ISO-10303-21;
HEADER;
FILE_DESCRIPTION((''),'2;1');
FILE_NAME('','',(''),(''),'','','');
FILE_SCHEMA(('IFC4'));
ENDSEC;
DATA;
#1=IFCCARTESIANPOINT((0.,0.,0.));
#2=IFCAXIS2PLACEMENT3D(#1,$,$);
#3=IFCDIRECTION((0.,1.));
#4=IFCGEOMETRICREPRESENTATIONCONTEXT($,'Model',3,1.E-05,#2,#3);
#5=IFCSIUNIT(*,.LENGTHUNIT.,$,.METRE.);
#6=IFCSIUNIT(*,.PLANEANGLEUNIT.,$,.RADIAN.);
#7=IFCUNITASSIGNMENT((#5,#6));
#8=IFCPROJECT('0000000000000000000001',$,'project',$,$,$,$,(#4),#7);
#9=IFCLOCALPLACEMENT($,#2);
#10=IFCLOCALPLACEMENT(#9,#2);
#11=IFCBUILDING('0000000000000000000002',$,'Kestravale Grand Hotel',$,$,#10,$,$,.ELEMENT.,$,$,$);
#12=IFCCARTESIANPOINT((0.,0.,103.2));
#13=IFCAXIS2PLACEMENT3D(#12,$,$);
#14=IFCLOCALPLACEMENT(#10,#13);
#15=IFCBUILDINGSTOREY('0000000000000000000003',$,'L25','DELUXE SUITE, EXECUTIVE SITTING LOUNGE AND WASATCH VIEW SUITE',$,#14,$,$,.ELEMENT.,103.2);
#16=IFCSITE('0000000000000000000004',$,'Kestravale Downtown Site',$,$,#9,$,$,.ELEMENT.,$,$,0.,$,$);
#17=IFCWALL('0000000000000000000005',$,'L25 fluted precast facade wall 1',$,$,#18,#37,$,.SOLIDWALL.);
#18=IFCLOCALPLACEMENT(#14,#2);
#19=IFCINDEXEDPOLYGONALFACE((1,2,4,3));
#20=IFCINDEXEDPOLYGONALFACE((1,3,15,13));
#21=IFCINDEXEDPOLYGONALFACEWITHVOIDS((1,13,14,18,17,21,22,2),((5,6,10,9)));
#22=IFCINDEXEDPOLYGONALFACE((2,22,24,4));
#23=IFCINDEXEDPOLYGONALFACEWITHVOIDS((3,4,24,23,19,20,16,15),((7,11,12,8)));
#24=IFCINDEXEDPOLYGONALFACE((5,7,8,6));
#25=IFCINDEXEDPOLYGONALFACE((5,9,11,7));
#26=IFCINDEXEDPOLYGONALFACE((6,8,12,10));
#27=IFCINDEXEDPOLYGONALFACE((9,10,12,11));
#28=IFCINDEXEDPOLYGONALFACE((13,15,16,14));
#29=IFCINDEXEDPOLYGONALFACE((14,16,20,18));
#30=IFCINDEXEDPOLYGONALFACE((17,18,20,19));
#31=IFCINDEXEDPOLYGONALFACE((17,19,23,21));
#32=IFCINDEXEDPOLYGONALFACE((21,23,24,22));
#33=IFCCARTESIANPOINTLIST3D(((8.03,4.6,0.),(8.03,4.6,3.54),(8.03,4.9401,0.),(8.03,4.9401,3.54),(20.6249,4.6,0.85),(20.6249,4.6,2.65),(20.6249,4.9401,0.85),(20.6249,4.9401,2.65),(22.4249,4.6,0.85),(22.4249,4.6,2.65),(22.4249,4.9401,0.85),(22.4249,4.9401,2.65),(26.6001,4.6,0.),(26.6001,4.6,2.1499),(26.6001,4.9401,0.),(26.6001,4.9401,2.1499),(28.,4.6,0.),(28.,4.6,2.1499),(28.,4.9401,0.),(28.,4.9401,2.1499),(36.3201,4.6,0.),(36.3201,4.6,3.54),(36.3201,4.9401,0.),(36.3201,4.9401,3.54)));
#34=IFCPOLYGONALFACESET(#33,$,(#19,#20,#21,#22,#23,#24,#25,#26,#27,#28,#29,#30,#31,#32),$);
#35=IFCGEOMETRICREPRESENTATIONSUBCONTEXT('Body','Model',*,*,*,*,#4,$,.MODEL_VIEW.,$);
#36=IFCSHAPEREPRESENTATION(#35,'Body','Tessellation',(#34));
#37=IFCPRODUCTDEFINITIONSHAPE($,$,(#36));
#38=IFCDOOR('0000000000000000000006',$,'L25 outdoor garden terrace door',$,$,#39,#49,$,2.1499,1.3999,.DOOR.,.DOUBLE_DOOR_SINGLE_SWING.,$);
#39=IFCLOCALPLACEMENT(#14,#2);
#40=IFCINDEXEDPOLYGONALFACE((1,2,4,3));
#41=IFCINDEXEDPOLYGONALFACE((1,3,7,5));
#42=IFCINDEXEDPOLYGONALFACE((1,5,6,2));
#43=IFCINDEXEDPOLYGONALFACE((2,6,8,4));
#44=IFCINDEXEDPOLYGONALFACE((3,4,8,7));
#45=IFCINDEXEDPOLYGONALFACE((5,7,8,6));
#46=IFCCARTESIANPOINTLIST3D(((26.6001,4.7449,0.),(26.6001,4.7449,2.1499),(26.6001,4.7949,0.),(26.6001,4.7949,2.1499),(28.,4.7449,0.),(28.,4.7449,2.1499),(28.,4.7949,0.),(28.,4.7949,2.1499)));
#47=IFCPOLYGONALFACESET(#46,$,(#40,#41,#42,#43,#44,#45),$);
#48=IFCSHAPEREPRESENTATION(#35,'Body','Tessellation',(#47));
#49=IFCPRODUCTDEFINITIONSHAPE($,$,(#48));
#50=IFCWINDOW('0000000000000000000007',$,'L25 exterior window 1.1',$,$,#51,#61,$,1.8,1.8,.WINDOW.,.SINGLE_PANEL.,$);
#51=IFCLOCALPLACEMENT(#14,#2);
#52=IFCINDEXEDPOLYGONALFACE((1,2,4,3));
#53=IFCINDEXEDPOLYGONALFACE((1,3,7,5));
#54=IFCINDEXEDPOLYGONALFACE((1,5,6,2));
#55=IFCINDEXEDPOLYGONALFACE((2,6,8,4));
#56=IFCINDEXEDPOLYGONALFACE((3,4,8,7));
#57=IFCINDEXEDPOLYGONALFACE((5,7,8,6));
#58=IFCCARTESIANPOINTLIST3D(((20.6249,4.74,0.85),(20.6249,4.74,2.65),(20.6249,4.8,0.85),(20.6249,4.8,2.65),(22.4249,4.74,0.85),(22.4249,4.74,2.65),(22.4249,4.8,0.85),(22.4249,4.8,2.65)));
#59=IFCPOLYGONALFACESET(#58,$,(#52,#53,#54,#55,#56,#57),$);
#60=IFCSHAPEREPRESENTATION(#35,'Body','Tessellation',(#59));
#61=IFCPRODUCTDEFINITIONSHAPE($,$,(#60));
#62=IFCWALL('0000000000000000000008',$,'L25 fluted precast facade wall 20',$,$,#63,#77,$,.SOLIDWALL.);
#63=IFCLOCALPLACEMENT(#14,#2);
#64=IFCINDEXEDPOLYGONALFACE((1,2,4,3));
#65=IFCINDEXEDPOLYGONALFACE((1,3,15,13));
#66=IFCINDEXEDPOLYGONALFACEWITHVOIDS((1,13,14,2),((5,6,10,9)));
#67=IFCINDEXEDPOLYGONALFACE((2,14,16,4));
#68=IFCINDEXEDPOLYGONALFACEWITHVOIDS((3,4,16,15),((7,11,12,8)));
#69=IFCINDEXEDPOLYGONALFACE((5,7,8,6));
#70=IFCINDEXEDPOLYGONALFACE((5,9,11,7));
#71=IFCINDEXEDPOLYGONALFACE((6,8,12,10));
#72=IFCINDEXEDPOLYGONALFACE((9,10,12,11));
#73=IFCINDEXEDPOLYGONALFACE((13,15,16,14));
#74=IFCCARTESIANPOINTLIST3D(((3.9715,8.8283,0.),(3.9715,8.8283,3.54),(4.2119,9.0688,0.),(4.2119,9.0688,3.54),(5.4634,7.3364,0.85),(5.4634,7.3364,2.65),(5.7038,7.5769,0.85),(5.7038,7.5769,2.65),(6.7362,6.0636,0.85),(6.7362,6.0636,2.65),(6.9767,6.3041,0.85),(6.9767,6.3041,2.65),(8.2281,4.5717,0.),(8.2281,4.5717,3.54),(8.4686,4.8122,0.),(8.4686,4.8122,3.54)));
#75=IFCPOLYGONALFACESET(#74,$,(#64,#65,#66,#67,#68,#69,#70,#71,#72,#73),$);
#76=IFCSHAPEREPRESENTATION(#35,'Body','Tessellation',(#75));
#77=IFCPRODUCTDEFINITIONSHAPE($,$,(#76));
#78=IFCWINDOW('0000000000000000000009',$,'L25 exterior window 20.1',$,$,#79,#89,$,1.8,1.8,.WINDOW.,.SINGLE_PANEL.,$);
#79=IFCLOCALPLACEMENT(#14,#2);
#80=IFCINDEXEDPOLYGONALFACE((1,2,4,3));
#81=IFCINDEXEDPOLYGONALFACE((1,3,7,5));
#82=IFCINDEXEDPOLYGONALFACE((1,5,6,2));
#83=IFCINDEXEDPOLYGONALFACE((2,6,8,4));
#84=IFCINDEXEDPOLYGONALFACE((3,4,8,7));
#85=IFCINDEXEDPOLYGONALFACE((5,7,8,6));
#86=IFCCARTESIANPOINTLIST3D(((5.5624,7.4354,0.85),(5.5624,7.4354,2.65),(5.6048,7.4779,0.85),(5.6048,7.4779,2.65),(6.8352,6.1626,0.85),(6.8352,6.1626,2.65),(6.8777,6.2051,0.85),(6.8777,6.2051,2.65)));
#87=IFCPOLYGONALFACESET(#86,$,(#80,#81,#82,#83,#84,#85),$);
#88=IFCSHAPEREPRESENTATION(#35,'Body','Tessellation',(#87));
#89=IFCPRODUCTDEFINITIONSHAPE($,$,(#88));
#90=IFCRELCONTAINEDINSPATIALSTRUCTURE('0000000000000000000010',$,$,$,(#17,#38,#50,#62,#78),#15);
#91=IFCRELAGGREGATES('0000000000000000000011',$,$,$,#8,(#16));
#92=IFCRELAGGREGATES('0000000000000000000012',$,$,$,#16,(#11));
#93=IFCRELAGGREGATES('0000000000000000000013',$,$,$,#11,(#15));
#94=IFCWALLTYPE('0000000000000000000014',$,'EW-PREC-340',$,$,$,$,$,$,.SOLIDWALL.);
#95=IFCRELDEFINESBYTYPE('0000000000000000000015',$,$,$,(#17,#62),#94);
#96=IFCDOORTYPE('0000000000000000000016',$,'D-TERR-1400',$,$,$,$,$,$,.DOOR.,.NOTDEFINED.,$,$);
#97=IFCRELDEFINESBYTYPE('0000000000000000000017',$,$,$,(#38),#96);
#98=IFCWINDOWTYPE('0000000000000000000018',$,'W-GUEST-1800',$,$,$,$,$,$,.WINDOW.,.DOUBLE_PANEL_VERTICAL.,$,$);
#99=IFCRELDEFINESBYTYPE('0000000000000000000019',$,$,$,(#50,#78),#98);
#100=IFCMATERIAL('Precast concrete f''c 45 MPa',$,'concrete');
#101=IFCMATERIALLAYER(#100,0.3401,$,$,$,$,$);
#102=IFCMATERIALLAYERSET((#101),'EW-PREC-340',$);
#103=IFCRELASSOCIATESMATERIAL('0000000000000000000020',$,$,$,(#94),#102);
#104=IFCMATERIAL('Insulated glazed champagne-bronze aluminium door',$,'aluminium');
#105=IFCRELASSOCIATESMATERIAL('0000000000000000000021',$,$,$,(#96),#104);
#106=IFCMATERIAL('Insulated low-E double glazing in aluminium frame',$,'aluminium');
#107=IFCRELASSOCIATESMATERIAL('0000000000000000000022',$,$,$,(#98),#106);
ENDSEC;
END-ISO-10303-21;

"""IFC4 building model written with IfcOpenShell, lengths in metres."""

from ifc_helpers import new_model, si_unit, direction, frame, frame_2d, origin, place, context, subcontext, project, spatial, rectangle, extrude, material, layer, layer_set, type_object, element, fill, save


model = new_model("IFC4")

# Units and contexts
model_context = context("Model", 3, precision=1e-05, world=origin(), true_north=direction((0.0, 1.0)))
body_context = subcontext(model_context, "Body", "Model", "MODEL_VIEW")
ifc_project = project(units=[si_unit("LENGTHUNIT", "METRE"), si_unit("PLANEANGLEUNIT", "RADIAN")], contexts=[model_context])

# Site, building, storey
site_placement = place(None, origin())
site = spatial("IfcSite", under=ifc_project, at=site_placement, Name="Kestravale Downtown Site", CompositionType="ELEMENT", RefElevation=0.0)
building_placement = place(site_placement, origin())
building = spatial("IfcBuilding", under=site, at=building_placement, Name="Kestravale Grand Hotel", CompositionType="ELEMENT")
storey_placement = place(building_placement, frame((0.0, 0.0, 103.2)))
storey = spatial("IfcBuildingStorey", under=building, at=storey_placement, Name="L25", Description="DELUXE SUITE, EXECUTIVE SITTING LOUNGE AND WASATCH VIEW SUITE", CompositionType="ELEMENT", Elevation=103.2)

# Wall, openings, door, window
ifc_material_1 = material(Name="Precast concrete f'c 45 MPa", Category="concrete")
ifc_layer_1 = layer(ifc_material_1, 0.3401)
ifc_layer_set_1 = layer_set([ifc_layer_1], Name="EW-PREC-340")
wall_type_1 = type_object("IfcWallType", Name="EW-PREC-340", PredefinedType="SOLIDWALL", material=ifc_layer_set_1)
wall_1_placement = place(storey_placement, frame((8.03, 4.77, 0.0), z_axis=(0.0, 0.0, 1.0), x_axis=(1.0, 0.0, 0.0)))
wall_1 = element("IfcWall", 1, at=wall_1_placement, inside=storey, type_object=wall_type_1, Name="L25 fluted precast facade wall 1", PredefinedType="SOLIDWALL", context=body_context, shape_type="SweptSolid", body=[
    extrude(rectangle(XDim=28.29, YDim=0.3401, at=frame_2d((14.145, 0.0))), origin(), (0.0, 0.0, 1.0), 3.54),
])
opening_1_placement = place(wall_1_placement, frame((18.5701, 0.0, 0.0)))
opening_1 = element("IfcOpeningElement", 2, at=opening_1_placement, cuts=wall_1, PredefinedType="OPENING", context=body_context, shape_type="SweptSolid", body=[
    extrude(rectangle(XDim=1.3999, YDim=2.1499, at=frame_2d((0.7, 1.075))), frame((0.0, 0.1799, 0.0), z_axis=(0.0, -1.0, 0.0), x_axis=(1.0, 0.0, 0.0)), (0.0, 0.0, 1.0), 0.3601),
])
opening_2_placement = place(wall_1_placement, frame((12.595, 0.0, 0.8501)))
opening_2 = element("IfcOpeningElement", 3, at=opening_2_placement, cuts=wall_1, PredefinedType="OPENING", context=body_context, shape_type="SweptSolid", body=[
    extrude(rectangle(XDim=1.8, YDim=1.8, at=frame_2d((0.8999, 0.8999))), frame((0.0, 0.1799, 0.0), z_axis=(0.0, -1.0, 0.0), x_axis=(1.0, 0.0, 0.0)), (0.0, 0.0, 1.0), 0.3601),
])
ifc_material_2 = material(Name="Insulated glazed champagne-bronze aluminium door", Category="aluminium")
door_type_1 = type_object("IfcDoorType", Name="D-TERR-1400", OperationType="NOTDEFINED", PredefinedType="DOOR", material=ifc_material_2)
door_1_placement = place(opening_1_placement, origin())
door_1 = element("IfcDoor", 4, at=door_1_placement, inside=storey, type_object=door_type_1, Name="L25 outdoor garden terrace door", OperationType="DOUBLE_DOOR_SINGLE_SWING", OverallHeight=2.1499, OverallWidth=1.3999, PredefinedType="DOOR", context=body_context, shape_type="SweptSolid", body=[
    extrude(rectangle(XDim=1.3999, YDim=2.1499, at=frame_2d((0.7, 1.075))), frame((0.0, 0.0249, 0.0), z_axis=(0.0, -1.0, 0.0), x_axis=(1.0, 0.0, 0.0)), (0.0, 0.0, 1.0), 0.05),
])
fill(opening_1, door_1)
ifc_material_3 = material(Name="Insulated low-E double glazing in aluminium frame", Category="aluminium")
window_type = type_object("IfcWindowType", Name="W-GUEST-1800", PartitioningType="DOUBLE_PANEL_VERTICAL", PredefinedType="WINDOW", material=ifc_material_3)
window_1_placement = place(opening_2_placement, origin())
window_1 = element("IfcWindow", 5, at=window_1_placement, inside=storey, type_object=window_type, Name="L25 exterior window 1.1", OverallHeight=1.8, OverallWidth=1.8, PartitioningType="SINGLE_PANEL", PredefinedType="WINDOW", context=body_context, shape_type="SweptSolid", body=[
    extrude(rectangle(XDim=1.8, YDim=1.8, at=frame_2d((0.8999, 0.8999))), frame((0.0, 0.03, 0.0), z_axis=(0.0, -1.0, 0.0), x_axis=(1.0, 0.0, 0.0)), (0.0, 0.0, 1.0), 0.0601),
])
fill(opening_2, window_1)

# Wall, opening, window
wall_2_placement = place(storey_placement, frame((4.0918, 8.9485, 0.0), z_axis=(0.0, 0.0, 1.0), x_axis=(0.707107, -0.707107, 0.0)))
wall_2 = element("IfcWall", 6, at=wall_2_placement, inside=storey, type_object=wall_type_1, Name="L25 fluted precast facade wall 20", PredefinedType="SOLIDWALL", context=body_context, shape_type="SweptSolid", body=[
    extrude(rectangle(XDim=6.0198, YDim=0.3401, at=frame_2d((3.0098, 0.0))), origin(), (0.0, 0.0, 1.0), 3.54),
])
opening_3_placement = place(wall_2_placement, frame((2.1099, 0.0, 0.8501)))
opening_3 = element("IfcOpeningElement", 7, at=opening_3_placement, cuts=wall_2, PredefinedType="OPENING", context=body_context, shape_type="SweptSolid", body=[
    extrude(rectangle(XDim=1.8, YDim=1.8, at=frame_2d((0.8999, 0.8999))), frame((0.0, 0.1799, 0.0), z_axis=(0.0, -1.0, 0.0), x_axis=(1.0, 0.0, 0.0)), (0.0, 0.0, 1.0), 0.3601),
])
window_2_placement = place(opening_3_placement, origin())
window_2 = element("IfcWindow", 8, at=window_2_placement, inside=storey, type_object=window_type, Name="L25 exterior window 20.1", OverallHeight=1.8, OverallWidth=1.8, PartitioningType="SINGLE_PANEL", PredefinedType="WINDOW", context=body_context, shape_type="SweptSolid", body=[
    extrude(rectangle(XDim=1.8, YDim=1.8, at=frame_2d((0.8999, 0.8999))), frame((0.0, 0.03, 0.0), z_axis=(0.0, -1.0, 0.0), x_axis=(1.0, 0.0, 0.0)), (0.0, 0.0, 1.0), 0.0601),
])
fill(opening_3, window_2)

save(model, "model.ifc")
